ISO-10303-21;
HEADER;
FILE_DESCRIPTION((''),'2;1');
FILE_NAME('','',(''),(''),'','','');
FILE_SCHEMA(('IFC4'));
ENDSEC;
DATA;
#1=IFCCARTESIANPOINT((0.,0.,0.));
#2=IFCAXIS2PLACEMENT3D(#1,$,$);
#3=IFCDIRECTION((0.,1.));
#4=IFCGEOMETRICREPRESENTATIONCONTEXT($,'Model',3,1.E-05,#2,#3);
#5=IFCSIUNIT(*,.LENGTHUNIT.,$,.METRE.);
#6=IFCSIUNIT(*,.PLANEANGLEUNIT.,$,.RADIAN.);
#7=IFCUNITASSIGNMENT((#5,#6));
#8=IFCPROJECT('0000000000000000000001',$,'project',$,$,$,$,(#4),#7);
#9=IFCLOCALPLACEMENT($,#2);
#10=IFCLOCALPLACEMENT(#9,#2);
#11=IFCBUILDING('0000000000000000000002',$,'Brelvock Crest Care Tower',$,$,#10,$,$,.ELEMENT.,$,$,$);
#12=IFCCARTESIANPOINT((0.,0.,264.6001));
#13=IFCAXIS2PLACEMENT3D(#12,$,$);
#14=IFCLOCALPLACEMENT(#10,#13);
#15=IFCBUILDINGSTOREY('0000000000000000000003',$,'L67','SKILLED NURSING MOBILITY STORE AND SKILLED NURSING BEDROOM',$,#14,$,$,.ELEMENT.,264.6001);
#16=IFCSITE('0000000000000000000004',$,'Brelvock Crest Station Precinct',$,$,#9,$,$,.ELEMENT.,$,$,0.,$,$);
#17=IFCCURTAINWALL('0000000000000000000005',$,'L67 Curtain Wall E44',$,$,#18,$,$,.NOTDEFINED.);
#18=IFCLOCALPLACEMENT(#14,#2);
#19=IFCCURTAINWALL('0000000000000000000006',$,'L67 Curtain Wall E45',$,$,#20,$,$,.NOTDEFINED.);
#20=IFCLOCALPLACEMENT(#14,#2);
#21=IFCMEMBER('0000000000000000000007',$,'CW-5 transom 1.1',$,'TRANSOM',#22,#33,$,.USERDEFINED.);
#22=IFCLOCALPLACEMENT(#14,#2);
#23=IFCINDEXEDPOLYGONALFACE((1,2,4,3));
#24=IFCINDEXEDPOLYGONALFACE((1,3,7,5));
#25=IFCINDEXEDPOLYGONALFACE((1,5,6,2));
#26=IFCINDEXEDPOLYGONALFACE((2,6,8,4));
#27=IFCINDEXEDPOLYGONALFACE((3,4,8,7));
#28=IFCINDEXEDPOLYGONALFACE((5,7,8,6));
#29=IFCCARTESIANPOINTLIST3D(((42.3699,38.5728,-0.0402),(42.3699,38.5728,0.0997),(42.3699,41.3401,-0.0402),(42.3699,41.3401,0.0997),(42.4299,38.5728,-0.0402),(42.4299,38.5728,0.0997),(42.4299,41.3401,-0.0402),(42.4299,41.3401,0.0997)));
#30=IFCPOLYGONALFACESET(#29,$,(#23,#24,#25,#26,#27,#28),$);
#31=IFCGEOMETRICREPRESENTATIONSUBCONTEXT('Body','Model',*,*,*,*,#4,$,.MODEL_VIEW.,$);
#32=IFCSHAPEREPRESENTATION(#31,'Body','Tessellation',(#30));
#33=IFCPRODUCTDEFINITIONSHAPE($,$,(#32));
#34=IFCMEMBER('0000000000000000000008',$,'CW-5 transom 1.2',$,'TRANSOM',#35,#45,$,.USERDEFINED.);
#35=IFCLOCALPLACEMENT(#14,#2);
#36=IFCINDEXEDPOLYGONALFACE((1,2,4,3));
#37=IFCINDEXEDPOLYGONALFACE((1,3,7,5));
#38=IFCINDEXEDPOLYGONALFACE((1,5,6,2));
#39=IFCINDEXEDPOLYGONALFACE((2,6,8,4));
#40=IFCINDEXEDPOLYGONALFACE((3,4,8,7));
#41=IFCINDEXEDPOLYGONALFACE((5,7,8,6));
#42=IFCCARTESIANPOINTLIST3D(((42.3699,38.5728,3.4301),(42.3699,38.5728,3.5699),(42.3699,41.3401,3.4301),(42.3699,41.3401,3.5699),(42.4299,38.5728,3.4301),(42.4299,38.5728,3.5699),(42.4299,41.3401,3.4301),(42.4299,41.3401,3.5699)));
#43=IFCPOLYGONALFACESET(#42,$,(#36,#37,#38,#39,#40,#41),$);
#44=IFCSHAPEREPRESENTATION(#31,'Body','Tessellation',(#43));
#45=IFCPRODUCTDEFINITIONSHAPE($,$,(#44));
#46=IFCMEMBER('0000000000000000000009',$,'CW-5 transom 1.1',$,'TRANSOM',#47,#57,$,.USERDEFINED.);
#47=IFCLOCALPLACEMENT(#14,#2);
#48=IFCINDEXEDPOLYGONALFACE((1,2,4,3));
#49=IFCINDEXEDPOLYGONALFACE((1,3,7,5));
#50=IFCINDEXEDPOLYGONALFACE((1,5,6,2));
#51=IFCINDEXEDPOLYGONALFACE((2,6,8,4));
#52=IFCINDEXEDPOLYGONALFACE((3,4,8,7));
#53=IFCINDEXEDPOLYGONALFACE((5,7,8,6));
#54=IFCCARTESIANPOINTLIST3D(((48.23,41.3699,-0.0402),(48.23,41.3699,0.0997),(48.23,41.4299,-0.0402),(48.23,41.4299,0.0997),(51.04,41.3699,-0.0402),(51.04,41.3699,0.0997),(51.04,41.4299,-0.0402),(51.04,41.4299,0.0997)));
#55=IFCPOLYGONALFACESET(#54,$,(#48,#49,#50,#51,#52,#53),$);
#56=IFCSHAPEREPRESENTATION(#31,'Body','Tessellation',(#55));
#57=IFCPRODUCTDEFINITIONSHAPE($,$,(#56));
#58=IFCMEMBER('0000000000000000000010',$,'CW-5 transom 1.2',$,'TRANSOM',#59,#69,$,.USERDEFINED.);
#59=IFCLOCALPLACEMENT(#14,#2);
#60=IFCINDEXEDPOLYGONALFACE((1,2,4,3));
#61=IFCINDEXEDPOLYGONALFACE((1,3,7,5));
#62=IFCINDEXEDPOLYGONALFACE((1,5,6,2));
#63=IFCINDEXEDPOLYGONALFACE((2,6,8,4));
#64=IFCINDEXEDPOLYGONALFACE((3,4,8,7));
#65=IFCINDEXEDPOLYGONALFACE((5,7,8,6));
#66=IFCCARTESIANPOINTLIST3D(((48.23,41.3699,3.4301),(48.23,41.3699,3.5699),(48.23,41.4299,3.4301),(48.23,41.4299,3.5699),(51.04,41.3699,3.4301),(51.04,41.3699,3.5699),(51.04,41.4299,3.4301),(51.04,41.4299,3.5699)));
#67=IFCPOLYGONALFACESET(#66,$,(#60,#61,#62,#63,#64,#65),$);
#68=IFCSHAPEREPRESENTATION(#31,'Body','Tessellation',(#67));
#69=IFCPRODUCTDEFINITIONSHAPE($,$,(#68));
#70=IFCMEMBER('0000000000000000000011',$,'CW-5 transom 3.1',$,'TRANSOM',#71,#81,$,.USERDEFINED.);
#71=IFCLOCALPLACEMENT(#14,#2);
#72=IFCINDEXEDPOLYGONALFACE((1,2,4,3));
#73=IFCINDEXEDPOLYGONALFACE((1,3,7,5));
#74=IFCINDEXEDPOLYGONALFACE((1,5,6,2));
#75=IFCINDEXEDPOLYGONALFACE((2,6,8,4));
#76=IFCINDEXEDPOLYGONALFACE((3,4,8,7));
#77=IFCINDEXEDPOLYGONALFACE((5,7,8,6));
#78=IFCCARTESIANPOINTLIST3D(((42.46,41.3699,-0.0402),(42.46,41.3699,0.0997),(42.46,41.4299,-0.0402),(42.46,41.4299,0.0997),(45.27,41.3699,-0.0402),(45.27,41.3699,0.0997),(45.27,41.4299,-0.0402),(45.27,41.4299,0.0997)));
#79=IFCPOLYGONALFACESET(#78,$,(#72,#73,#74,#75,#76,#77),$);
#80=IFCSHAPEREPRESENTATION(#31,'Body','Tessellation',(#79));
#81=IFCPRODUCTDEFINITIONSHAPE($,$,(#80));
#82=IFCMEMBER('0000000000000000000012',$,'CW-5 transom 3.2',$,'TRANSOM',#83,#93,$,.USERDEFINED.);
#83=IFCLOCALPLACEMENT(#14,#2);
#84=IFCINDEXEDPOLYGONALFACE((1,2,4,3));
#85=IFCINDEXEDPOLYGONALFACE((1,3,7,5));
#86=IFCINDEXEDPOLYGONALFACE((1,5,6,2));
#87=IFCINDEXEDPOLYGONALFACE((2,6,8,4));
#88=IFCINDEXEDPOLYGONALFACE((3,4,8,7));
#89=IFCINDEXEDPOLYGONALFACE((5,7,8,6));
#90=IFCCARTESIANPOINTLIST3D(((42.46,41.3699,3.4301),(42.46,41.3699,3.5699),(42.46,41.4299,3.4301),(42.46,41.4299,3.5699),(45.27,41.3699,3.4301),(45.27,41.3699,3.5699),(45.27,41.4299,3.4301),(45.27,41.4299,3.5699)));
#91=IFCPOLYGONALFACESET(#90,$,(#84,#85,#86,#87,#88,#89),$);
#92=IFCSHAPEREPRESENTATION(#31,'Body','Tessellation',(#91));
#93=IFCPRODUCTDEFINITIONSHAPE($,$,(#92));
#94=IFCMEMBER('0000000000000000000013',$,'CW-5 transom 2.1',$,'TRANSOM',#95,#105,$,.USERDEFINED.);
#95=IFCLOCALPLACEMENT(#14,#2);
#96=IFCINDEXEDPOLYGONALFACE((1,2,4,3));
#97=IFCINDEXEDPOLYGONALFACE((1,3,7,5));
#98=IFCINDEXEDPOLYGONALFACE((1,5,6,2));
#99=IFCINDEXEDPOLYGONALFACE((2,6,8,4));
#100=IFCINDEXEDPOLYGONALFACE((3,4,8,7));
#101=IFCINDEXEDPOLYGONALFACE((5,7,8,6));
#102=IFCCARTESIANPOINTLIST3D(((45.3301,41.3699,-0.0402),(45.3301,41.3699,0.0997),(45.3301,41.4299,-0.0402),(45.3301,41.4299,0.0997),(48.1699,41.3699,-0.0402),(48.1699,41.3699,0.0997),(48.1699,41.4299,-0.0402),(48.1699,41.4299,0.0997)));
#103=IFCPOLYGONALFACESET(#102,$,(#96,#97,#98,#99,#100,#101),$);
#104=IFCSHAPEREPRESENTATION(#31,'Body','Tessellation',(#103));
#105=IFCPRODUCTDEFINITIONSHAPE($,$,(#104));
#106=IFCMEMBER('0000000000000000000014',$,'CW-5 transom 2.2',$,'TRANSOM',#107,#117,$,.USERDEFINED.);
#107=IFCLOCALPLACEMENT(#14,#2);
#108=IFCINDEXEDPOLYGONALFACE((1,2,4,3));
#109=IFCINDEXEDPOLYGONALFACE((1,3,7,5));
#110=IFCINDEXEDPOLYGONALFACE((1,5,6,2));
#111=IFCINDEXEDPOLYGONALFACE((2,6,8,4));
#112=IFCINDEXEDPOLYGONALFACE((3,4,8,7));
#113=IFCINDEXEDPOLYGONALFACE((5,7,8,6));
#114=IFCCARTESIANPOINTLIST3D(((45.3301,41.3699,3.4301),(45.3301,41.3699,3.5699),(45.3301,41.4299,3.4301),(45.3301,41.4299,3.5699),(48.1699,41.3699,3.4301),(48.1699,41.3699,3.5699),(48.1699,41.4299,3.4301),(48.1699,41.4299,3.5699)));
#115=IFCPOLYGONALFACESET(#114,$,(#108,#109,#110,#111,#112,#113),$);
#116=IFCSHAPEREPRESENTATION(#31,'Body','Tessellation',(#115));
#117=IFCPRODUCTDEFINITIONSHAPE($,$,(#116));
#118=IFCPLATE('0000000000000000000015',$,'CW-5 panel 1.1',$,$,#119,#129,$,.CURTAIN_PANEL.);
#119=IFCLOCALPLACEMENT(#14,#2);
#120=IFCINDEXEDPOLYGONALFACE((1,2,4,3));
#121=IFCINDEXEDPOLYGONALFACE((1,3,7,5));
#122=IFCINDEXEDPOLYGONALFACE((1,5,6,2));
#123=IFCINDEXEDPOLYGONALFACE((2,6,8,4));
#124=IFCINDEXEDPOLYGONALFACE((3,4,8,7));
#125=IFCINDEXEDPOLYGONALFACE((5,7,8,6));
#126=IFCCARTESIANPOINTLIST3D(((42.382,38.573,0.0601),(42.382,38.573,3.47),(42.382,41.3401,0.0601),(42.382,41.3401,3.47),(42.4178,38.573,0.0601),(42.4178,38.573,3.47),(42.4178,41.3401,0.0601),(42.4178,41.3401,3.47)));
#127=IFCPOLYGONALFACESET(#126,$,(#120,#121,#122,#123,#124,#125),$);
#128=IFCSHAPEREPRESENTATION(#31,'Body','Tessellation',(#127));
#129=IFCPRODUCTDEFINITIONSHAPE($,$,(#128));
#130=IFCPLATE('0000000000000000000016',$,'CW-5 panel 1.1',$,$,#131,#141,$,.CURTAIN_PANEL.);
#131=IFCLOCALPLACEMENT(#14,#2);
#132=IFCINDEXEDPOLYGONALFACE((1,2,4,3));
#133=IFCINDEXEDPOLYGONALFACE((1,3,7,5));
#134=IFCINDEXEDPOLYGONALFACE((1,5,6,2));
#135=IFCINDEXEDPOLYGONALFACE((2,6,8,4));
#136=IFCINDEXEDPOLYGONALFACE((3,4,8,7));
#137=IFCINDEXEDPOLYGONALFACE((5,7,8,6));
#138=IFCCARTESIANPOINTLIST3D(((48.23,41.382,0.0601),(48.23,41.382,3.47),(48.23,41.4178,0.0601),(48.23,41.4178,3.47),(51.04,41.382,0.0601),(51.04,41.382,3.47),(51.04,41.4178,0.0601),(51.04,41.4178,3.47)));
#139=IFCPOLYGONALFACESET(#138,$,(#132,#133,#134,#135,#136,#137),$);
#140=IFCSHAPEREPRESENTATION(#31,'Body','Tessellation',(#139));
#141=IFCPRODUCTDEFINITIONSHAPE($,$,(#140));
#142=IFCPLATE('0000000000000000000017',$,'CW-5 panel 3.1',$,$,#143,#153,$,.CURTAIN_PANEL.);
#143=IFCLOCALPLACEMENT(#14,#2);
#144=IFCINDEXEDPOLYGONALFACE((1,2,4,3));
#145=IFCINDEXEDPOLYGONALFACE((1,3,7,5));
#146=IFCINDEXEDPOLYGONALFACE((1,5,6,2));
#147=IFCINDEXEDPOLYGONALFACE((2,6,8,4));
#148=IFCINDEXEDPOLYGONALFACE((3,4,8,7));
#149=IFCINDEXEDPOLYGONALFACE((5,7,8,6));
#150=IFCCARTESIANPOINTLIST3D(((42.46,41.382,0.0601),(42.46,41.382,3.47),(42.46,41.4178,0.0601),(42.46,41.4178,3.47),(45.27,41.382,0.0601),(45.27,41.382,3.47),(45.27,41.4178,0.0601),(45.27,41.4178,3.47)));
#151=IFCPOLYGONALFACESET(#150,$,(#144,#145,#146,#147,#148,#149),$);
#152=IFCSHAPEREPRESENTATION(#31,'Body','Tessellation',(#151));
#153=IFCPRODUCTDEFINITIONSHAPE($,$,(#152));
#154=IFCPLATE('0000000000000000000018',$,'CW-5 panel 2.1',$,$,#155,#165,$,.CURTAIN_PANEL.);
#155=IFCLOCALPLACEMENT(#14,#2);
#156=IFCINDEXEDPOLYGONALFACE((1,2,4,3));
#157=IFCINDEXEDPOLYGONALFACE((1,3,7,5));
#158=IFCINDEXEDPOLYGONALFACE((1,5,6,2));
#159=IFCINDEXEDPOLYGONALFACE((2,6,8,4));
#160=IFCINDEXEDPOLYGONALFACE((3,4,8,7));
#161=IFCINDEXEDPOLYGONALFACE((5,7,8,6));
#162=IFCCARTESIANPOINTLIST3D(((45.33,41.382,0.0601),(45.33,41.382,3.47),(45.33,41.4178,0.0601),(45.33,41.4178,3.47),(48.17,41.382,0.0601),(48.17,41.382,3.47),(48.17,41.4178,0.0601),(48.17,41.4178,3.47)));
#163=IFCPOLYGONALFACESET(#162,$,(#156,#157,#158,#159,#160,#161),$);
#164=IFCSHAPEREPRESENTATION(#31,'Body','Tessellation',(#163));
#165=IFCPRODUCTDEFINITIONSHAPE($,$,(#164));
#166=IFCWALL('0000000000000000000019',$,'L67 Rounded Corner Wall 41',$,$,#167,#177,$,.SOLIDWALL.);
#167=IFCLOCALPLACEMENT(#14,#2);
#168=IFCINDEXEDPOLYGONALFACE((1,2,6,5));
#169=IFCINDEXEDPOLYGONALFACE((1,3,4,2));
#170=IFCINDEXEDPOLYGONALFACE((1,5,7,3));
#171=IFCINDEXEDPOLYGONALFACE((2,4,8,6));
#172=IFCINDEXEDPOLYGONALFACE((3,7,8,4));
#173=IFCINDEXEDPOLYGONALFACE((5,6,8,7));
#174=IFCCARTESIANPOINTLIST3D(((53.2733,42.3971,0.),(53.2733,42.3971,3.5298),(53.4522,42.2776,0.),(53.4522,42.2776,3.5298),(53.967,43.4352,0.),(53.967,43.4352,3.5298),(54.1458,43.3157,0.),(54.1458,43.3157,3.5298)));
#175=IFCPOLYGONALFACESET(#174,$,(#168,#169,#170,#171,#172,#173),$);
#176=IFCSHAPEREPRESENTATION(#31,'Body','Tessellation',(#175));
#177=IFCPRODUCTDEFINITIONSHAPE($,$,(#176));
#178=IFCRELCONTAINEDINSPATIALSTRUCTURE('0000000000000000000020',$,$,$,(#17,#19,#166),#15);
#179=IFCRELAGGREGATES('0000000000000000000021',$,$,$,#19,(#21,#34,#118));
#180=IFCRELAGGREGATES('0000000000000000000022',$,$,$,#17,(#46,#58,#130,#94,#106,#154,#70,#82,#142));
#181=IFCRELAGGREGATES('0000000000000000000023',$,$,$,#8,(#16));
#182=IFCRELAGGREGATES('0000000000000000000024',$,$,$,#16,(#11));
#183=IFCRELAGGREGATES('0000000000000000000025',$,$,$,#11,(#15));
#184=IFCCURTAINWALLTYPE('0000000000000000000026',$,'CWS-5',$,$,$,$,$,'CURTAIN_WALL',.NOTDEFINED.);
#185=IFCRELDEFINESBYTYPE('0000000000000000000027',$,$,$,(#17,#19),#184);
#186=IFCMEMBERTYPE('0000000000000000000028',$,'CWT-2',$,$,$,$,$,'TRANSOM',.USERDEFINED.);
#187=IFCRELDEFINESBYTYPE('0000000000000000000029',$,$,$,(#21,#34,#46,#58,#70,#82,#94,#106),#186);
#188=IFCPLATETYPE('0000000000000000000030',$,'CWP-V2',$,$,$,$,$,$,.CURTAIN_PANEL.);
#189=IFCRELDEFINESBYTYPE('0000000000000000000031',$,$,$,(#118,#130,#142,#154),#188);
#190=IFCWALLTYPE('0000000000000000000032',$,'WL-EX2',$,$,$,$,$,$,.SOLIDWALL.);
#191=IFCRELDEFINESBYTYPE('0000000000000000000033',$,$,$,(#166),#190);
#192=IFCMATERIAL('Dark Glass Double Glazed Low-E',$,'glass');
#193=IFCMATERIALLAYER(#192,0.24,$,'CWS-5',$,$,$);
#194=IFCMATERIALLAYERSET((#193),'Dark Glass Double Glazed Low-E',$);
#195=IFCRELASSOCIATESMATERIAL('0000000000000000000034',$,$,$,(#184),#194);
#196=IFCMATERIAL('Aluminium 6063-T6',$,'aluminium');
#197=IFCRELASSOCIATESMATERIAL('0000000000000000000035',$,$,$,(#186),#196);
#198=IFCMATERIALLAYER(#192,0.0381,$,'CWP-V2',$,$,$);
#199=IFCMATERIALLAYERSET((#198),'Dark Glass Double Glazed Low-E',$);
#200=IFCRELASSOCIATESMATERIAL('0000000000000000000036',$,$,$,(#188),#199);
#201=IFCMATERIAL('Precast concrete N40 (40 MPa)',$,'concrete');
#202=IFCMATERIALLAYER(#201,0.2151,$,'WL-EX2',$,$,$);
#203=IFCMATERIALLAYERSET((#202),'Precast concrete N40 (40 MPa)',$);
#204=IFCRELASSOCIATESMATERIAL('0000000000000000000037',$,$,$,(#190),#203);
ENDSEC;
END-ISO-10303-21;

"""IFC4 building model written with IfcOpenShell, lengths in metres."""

from ifc_helpers import new_model, si_unit, direction, frame, frame_2d, origin, origin_2d, place, context, subcontext, project, spatial, rectangle, extrude, source, transform, mapped, material, layer, layer_set, material_profile, profile_set, type_object, element, aggregate, save


model = new_model("IFC4")

# Units and contexts
model_context = context("Model", 3, precision=1e-05, world=origin(), true_north=direction((0.0, 1.0)))
body_context = subcontext(model_context, "Body", "Model", "MODEL_VIEW")
ifc_project = project(units=[si_unit("LENGTHUNIT", "METRE"), si_unit("PLANEANGLEUNIT", "RADIAN")], contexts=[model_context])

# Site, building, storey
site_placement = place(None, origin())
site = spatial("IfcSite", under=ifc_project, at=site_placement, Name="Brelvock Crest Station Precinct", CompositionType="ELEMENT", RefElevation=0.0)
building_placement = place(site_placement, origin())
building = spatial("IfcBuilding", under=site, at=building_placement, Name="Brelvock Crest Care Tower", CompositionType="ELEMENT")
storey_placement = place(building_placement, frame((0.0, 0.0, 264.6001)))
storey = spatial("IfcBuildingStorey", under=building, at=storey_placement, Name="L67", Description="SKILLED NURSING MOBILITY STORE AND SKILLED NURSING BEDROOM", CompositionType="ELEMENT", Elevation=264.6001)

# Curtain walls, members
ifc_material_1 = material(Name="Dark Glass Double Glazed Low-E", Category="glass")
ifc_layer_1 = layer(ifc_material_1, 0.24, Name="CWS-5")
ifc_layer_set_1 = layer_set([ifc_layer_1], Name="Dark Glass Double Glazed Low-E")
curtain_wall_type = type_object("IfcCurtainWallType", Name="CWS-5", ElementType="CURTAIN_WALL", PredefinedType="NOTDEFINED", material=ifc_layer_set_1)
curtain_wall_1_placement = place(storey_placement, origin())
curtain_wall_1 = element("IfcCurtainWall", 1, at=curtain_wall_1_placement, inside=storey, type_object=curtain_wall_type, Name="L67 Curtain Wall E44", PredefinedType="NOTDEFINED")
ifc_material_2 = material(Name="Aluminium 6063-T6", Category="aluminium")
curtain_wall_2_placement = place(storey_placement, origin())
curtain_wall_2 = element("IfcCurtainWall", 2, at=curtain_wall_2_placement, inside=storey, type_object=curtain_wall_type, Name="L67 Curtain Wall E45", PredefinedType="NOTDEFINED")
ifc_material_profile_1 = material_profile(ifc_material_2, rectangle(XDim=0.0601, YDim=0.1399, at=origin_2d()), Name="ALU60x140")
ifc_profile_set_1 = profile_set([ifc_material_profile_1], Name="Aluminium 6063-T6")
member_type_1 = type_object("IfcMemberType", Name="CWT-2", ElementType="TRANSOM", PredefinedType="USERDEFINED", material=ifc_profile_set_1)
shared_shape_1 = source(origin(), body_context, "Body", "SweptSolid", [
    extrude(rectangle(XDim=0.0601, YDim=0.1399, at=origin_2d()), origin(), (0.0, 0.0, 1.0), 2.7673),
])
member_1_placement = place(storey_placement, frame((42.3999, 41.3401, 0.0298), z_axis=(0.0, -1.0, 0.0), x_axis=(1.0, 0.0, 0.0)))
member_1 = element("IfcMember", 3, at=member_1_placement, type_object=member_type_1, Name="CW-5 transom 1.1", ObjectType="TRANSOM", PredefinedType="USERDEFINED", context=body_context, shape_type="MappedRepresentation", body=[
    mapped(shared_shape_1, transform((0.0, 0.0, 0.0), x_axis=(1.0, 0.0, 0.0), y_axis=(0.0, 1.0, 0.0), z_axis=(0.0, 0.0, 1.0), scale=1.0)),
])
member_2_placement = place(storey_placement, frame((42.3999, 41.3401, 3.5), z_axis=(0.0, -1.0, 0.0), x_axis=(1.0, 0.0, 0.0)))
member_2 = element("IfcMember", 4, at=member_2_placement, type_object=member_type_1, Name="CW-5 transom 1.2", ObjectType="TRANSOM", PredefinedType="USERDEFINED", context=body_context, shape_type="MappedRepresentation", body=[
    mapped(shared_shape_1, transform((0.0, 0.0, 0.0), x_axis=(1.0, 0.0, 0.0), y_axis=(0.0, 1.0, 0.0), z_axis=(0.0, 0.0, 1.0), scale=1.0)),
])

# Members
shared_shape_2 = source(origin(), body_context, "Body", "SweptSolid", [
    extrude(rectangle(XDim=0.0601, YDim=0.1399, at=origin_2d()), origin(), (0.0, 0.0, 1.0), 2.8101),
])
member_3_placement = place(storey_placement, frame((51.04, 41.3999, 0.0298), z_axis=(-1.0, 0.0, 0.0), x_axis=(0.0, -1.0, 0.0)))
member_3 = element("IfcMember", 5, at=member_3_placement, type_object=member_type_1, Name="CW-5 transom 1.1", ObjectType="TRANSOM", PredefinedType="USERDEFINED", context=body_context, shape_type="MappedRepresentation", body=[
    mapped(shared_shape_2, transform((0.0, 0.0, 0.0), x_axis=(1.0, 0.0, 0.0), y_axis=(0.0, 1.0, 0.0), z_axis=(0.0, 0.0, 1.0), scale=1.0)),
])
member_4_placement = place(storey_placement, frame((51.04, 41.3999, 3.5), z_axis=(-1.0, 0.0, 0.0), x_axis=(0.0, -1.0, 0.0)))
member_4 = element("IfcMember", 6, at=member_4_placement, type_object=member_type_1, Name="CW-5 transom 1.2", ObjectType="TRANSOM", PredefinedType="USERDEFINED", context=body_context, shape_type="MappedRepresentation", body=[
    mapped(shared_shape_2, transform((0.0, 0.0, 0.0), x_axis=(1.0, 0.0, 0.0), y_axis=(0.0, 1.0, 0.0), z_axis=(0.0, 0.0, 1.0), scale=1.0)),
])
member_5_placement = place(storey_placement, frame((45.27, 41.3999, 0.0298), z_axis=(-1.0, 0.0, 0.0), x_axis=(0.0, -1.0, 0.0)))
member_5 = element("IfcMember", 7, at=member_5_placement, type_object=member_type_1, Name="CW-5 transom 3.1", ObjectType="TRANSOM", PredefinedType="USERDEFINED", context=body_context, shape_type="MappedRepresentation", body=[
    mapped(shared_shape_2, transform((0.0, 0.0, 0.0), x_axis=(1.0, 0.0, 0.0), y_axis=(0.0, 1.0, 0.0), z_axis=(0.0, 0.0, 1.0), scale=1.0)),
])
member_6_placement = place(storey_placement, frame((45.27, 41.3999, 3.5), z_axis=(-1.0, 0.0, 0.0), x_axis=(0.0, -1.0, 0.0)))
member_6 = element("IfcMember", 8, at=member_6_placement, type_object=member_type_1, Name="CW-5 transom 3.2", ObjectType="TRANSOM", PredefinedType="USERDEFINED", context=body_context, shape_type="MappedRepresentation", body=[
    mapped(shared_shape_2, transform((0.0, 0.0, 0.0), x_axis=(1.0, 0.0, 0.0), y_axis=(0.0, 1.0, 0.0), z_axis=(0.0, 0.0, 1.0), scale=1.0)),
])
shared_shape_3 = source(origin(), body_context, "Body", "SweptSolid", [
    extrude(rectangle(XDim=0.0601, YDim=0.1399, at=origin_2d()), origin(), (0.0, 0.0, 1.0), 2.8398),
])
member_7_placement = place(storey_placement, frame((48.1699, 41.3999, 0.0298), z_axis=(-1.0, 0.0, 0.0), x_axis=(0.0, -1.0, 0.0)))
member_7 = element("IfcMember", 9, at=member_7_placement, type_object=member_type_1, Name="CW-5 transom 2.1", ObjectType="TRANSOM", PredefinedType="USERDEFINED", context=body_context, shape_type="MappedRepresentation", body=[
    mapped(shared_shape_3, transform((0.0, 0.0, 0.0), x_axis=(1.0, 0.0, 0.0), y_axis=(0.0, 1.0, 0.0), z_axis=(0.0, 0.0, 1.0), scale=1.0)),
])
member_8_placement = place(storey_placement, frame((48.1699, 41.3999, 3.5), z_axis=(-1.0, 0.0, 0.0), x_axis=(0.0, -1.0, 0.0)))
member_8 = element("IfcMember", 10, at=member_8_placement, type_object=member_type_1, Name="CW-5 transom 2.2", ObjectType="TRANSOM", PredefinedType="USERDEFINED", context=body_context, shape_type="MappedRepresentation", body=[
    mapped(shared_shape_3, transform((0.0, 0.0, 0.0), x_axis=(1.0, 0.0, 0.0), y_axis=(0.0, 1.0, 0.0), z_axis=(0.0, 0.0, 1.0), scale=1.0)),
])

# Plates
ifc_layer_2 = layer(ifc_material_1, 0.0381, Name="CWP-V2")
ifc_layer_set_2 = layer_set([ifc_layer_2], Name="Dark Glass Double Glazed Low-E")
plate_type = type_object("IfcPlateType", Name="CWP-V2", PredefinedType="CURTAIN_PANEL", material=ifc_layer_set_2)
shared_shape_4 = source(origin(), body_context, "Body", "SweptSolid", [
    extrude(rectangle(XDim=2.7671, YDim=0.0359, at=origin_2d()), origin(), (0.0, 0.0, 1.0), 3.4099),
])
plate_1_placement = place(storey_placement, frame((42.3999, 39.9565, 0.0601), z_axis=(0.0, 0.0, 1.0), x_axis=(0.0, -1.0, 0.0)))
plate_1 = element("IfcPlate", 11, at=plate_1_placement, type_object=plate_type, Name="CW-5 panel 1.1", PredefinedType="CURTAIN_PANEL", context=body_context, shape_type="MappedRepresentation", body=[
    mapped(shared_shape_4, transform((0.0, 0.0, 0.0), x_axis=(1.0, 0.0, 0.0), y_axis=(0.0, 1.0, 0.0), z_axis=(0.0, 0.0, 1.0), scale=1.0)),
])
aggregate(curtain_wall_2, [member_1, member_2, plate_1])
shared_shape_5 = source(origin(), body_context, "Body", "SweptSolid", [
    extrude(rectangle(XDim=2.8101, YDim=0.0359, at=origin_2d()), origin(), (0.0, 0.0, 1.0), 3.4099),
])
plate_2_placement = place(storey_placement, frame((49.635, 41.3999, 0.0601), z_axis=(0.0, 0.0, 1.0), x_axis=(-1.0, 0.0, 0.0)))
plate_2 = element("IfcPlate", 12, at=plate_2_placement, type_object=plate_type, Name="CW-5 panel 1.1", PredefinedType="CURTAIN_PANEL", context=body_context, shape_type="MappedRepresentation", body=[
    mapped(shared_shape_5, transform((0.0, 0.0, 0.0), x_axis=(1.0, 0.0, 0.0), y_axis=(0.0, 1.0, 0.0), z_axis=(0.0, 0.0, 1.0), scale=1.0)),
])
plate_3_placement = place(storey_placement, frame((43.865, 41.3999, 0.0601), z_axis=(0.0, 0.0, 1.0), x_axis=(-1.0, 0.0, 0.0)))
plate_3 = element("IfcPlate", 13, at=plate_3_placement, type_object=plate_type, Name="CW-5 panel 3.1", PredefinedType="CURTAIN_PANEL", context=body_context, shape_type="MappedRepresentation", body=[
    mapped(shared_shape_5, transform((0.0, 0.0, 0.0), x_axis=(1.0, 0.0, 0.0), y_axis=(0.0, 1.0, 0.0), z_axis=(0.0, 0.0, 1.0), scale=1.0)),
])
shared_shape_6 = source(origin(), body_context, "Body", "SweptSolid", [
    extrude(rectangle(XDim=2.8401, YDim=0.0359, at=origin_2d()), origin(), (0.0, 0.0, 1.0), 3.4099),
])
plate_4_placement = place(storey_placement, frame((46.75, 41.3999, 0.0601), z_axis=(0.0, 0.0, 1.0), x_axis=(-1.0, 0.0, 0.0)))
plate_4 = element("IfcPlate", 14, at=plate_4_placement, type_object=plate_type, Name="CW-5 panel 2.1", PredefinedType="CURTAIN_PANEL", context=body_context, shape_type="MappedRepresentation", body=[
    mapped(shared_shape_6, transform((0.0, 0.0, 0.0), x_axis=(1.0, 0.0, 0.0), y_axis=(0.0, 1.0, 0.0), z_axis=(0.0, 0.0, 1.0), scale=1.0)),
])
aggregate(curtain_wall_1, [member_3, member_4, plate_2, member_7, member_8, plate_4, member_5, member_6, plate_3])

# Wall
ifc_material_3 = material(Name="Precast concrete N40 (40 MPa)", Category="concrete")
ifc_layer_3 = layer(ifc_material_3, 0.2151, Name="WL-EX2")
ifc_layer_set_3 = layer_set([ifc_layer_3], Name="Precast concrete N40 (40 MPa)")
wall_type = type_object("IfcWallType", Name="WL-EX2", PredefinedType="SOLIDWALL", material=ifc_layer_set_3)
for number, where, z_axis, x_axis, name in (
    (15, (54.0564, 43.3755, 0.0), (0.0, 0.0, 1.0), (-0.555557, -0.831478, 0.0), "L67 Rounded Corner Wall 41"),
):
    element("IfcWall", number, at=place(storey_placement, frame(where, z_axis=z_axis, x_axis=x_axis)), inside=storey, type_object=wall_type, Name=name, PredefinedType="SOLIDWALL", context=body_context, shape_type="SweptSolid", body=[
        extrude(rectangle(XDim=1.2485, YDim=0.2151, at=frame_2d((0.6243, 0.0))), origin(), (0.0, 0.0, 1.0), 3.5298),
    ])

save(model, "model.ifc")
